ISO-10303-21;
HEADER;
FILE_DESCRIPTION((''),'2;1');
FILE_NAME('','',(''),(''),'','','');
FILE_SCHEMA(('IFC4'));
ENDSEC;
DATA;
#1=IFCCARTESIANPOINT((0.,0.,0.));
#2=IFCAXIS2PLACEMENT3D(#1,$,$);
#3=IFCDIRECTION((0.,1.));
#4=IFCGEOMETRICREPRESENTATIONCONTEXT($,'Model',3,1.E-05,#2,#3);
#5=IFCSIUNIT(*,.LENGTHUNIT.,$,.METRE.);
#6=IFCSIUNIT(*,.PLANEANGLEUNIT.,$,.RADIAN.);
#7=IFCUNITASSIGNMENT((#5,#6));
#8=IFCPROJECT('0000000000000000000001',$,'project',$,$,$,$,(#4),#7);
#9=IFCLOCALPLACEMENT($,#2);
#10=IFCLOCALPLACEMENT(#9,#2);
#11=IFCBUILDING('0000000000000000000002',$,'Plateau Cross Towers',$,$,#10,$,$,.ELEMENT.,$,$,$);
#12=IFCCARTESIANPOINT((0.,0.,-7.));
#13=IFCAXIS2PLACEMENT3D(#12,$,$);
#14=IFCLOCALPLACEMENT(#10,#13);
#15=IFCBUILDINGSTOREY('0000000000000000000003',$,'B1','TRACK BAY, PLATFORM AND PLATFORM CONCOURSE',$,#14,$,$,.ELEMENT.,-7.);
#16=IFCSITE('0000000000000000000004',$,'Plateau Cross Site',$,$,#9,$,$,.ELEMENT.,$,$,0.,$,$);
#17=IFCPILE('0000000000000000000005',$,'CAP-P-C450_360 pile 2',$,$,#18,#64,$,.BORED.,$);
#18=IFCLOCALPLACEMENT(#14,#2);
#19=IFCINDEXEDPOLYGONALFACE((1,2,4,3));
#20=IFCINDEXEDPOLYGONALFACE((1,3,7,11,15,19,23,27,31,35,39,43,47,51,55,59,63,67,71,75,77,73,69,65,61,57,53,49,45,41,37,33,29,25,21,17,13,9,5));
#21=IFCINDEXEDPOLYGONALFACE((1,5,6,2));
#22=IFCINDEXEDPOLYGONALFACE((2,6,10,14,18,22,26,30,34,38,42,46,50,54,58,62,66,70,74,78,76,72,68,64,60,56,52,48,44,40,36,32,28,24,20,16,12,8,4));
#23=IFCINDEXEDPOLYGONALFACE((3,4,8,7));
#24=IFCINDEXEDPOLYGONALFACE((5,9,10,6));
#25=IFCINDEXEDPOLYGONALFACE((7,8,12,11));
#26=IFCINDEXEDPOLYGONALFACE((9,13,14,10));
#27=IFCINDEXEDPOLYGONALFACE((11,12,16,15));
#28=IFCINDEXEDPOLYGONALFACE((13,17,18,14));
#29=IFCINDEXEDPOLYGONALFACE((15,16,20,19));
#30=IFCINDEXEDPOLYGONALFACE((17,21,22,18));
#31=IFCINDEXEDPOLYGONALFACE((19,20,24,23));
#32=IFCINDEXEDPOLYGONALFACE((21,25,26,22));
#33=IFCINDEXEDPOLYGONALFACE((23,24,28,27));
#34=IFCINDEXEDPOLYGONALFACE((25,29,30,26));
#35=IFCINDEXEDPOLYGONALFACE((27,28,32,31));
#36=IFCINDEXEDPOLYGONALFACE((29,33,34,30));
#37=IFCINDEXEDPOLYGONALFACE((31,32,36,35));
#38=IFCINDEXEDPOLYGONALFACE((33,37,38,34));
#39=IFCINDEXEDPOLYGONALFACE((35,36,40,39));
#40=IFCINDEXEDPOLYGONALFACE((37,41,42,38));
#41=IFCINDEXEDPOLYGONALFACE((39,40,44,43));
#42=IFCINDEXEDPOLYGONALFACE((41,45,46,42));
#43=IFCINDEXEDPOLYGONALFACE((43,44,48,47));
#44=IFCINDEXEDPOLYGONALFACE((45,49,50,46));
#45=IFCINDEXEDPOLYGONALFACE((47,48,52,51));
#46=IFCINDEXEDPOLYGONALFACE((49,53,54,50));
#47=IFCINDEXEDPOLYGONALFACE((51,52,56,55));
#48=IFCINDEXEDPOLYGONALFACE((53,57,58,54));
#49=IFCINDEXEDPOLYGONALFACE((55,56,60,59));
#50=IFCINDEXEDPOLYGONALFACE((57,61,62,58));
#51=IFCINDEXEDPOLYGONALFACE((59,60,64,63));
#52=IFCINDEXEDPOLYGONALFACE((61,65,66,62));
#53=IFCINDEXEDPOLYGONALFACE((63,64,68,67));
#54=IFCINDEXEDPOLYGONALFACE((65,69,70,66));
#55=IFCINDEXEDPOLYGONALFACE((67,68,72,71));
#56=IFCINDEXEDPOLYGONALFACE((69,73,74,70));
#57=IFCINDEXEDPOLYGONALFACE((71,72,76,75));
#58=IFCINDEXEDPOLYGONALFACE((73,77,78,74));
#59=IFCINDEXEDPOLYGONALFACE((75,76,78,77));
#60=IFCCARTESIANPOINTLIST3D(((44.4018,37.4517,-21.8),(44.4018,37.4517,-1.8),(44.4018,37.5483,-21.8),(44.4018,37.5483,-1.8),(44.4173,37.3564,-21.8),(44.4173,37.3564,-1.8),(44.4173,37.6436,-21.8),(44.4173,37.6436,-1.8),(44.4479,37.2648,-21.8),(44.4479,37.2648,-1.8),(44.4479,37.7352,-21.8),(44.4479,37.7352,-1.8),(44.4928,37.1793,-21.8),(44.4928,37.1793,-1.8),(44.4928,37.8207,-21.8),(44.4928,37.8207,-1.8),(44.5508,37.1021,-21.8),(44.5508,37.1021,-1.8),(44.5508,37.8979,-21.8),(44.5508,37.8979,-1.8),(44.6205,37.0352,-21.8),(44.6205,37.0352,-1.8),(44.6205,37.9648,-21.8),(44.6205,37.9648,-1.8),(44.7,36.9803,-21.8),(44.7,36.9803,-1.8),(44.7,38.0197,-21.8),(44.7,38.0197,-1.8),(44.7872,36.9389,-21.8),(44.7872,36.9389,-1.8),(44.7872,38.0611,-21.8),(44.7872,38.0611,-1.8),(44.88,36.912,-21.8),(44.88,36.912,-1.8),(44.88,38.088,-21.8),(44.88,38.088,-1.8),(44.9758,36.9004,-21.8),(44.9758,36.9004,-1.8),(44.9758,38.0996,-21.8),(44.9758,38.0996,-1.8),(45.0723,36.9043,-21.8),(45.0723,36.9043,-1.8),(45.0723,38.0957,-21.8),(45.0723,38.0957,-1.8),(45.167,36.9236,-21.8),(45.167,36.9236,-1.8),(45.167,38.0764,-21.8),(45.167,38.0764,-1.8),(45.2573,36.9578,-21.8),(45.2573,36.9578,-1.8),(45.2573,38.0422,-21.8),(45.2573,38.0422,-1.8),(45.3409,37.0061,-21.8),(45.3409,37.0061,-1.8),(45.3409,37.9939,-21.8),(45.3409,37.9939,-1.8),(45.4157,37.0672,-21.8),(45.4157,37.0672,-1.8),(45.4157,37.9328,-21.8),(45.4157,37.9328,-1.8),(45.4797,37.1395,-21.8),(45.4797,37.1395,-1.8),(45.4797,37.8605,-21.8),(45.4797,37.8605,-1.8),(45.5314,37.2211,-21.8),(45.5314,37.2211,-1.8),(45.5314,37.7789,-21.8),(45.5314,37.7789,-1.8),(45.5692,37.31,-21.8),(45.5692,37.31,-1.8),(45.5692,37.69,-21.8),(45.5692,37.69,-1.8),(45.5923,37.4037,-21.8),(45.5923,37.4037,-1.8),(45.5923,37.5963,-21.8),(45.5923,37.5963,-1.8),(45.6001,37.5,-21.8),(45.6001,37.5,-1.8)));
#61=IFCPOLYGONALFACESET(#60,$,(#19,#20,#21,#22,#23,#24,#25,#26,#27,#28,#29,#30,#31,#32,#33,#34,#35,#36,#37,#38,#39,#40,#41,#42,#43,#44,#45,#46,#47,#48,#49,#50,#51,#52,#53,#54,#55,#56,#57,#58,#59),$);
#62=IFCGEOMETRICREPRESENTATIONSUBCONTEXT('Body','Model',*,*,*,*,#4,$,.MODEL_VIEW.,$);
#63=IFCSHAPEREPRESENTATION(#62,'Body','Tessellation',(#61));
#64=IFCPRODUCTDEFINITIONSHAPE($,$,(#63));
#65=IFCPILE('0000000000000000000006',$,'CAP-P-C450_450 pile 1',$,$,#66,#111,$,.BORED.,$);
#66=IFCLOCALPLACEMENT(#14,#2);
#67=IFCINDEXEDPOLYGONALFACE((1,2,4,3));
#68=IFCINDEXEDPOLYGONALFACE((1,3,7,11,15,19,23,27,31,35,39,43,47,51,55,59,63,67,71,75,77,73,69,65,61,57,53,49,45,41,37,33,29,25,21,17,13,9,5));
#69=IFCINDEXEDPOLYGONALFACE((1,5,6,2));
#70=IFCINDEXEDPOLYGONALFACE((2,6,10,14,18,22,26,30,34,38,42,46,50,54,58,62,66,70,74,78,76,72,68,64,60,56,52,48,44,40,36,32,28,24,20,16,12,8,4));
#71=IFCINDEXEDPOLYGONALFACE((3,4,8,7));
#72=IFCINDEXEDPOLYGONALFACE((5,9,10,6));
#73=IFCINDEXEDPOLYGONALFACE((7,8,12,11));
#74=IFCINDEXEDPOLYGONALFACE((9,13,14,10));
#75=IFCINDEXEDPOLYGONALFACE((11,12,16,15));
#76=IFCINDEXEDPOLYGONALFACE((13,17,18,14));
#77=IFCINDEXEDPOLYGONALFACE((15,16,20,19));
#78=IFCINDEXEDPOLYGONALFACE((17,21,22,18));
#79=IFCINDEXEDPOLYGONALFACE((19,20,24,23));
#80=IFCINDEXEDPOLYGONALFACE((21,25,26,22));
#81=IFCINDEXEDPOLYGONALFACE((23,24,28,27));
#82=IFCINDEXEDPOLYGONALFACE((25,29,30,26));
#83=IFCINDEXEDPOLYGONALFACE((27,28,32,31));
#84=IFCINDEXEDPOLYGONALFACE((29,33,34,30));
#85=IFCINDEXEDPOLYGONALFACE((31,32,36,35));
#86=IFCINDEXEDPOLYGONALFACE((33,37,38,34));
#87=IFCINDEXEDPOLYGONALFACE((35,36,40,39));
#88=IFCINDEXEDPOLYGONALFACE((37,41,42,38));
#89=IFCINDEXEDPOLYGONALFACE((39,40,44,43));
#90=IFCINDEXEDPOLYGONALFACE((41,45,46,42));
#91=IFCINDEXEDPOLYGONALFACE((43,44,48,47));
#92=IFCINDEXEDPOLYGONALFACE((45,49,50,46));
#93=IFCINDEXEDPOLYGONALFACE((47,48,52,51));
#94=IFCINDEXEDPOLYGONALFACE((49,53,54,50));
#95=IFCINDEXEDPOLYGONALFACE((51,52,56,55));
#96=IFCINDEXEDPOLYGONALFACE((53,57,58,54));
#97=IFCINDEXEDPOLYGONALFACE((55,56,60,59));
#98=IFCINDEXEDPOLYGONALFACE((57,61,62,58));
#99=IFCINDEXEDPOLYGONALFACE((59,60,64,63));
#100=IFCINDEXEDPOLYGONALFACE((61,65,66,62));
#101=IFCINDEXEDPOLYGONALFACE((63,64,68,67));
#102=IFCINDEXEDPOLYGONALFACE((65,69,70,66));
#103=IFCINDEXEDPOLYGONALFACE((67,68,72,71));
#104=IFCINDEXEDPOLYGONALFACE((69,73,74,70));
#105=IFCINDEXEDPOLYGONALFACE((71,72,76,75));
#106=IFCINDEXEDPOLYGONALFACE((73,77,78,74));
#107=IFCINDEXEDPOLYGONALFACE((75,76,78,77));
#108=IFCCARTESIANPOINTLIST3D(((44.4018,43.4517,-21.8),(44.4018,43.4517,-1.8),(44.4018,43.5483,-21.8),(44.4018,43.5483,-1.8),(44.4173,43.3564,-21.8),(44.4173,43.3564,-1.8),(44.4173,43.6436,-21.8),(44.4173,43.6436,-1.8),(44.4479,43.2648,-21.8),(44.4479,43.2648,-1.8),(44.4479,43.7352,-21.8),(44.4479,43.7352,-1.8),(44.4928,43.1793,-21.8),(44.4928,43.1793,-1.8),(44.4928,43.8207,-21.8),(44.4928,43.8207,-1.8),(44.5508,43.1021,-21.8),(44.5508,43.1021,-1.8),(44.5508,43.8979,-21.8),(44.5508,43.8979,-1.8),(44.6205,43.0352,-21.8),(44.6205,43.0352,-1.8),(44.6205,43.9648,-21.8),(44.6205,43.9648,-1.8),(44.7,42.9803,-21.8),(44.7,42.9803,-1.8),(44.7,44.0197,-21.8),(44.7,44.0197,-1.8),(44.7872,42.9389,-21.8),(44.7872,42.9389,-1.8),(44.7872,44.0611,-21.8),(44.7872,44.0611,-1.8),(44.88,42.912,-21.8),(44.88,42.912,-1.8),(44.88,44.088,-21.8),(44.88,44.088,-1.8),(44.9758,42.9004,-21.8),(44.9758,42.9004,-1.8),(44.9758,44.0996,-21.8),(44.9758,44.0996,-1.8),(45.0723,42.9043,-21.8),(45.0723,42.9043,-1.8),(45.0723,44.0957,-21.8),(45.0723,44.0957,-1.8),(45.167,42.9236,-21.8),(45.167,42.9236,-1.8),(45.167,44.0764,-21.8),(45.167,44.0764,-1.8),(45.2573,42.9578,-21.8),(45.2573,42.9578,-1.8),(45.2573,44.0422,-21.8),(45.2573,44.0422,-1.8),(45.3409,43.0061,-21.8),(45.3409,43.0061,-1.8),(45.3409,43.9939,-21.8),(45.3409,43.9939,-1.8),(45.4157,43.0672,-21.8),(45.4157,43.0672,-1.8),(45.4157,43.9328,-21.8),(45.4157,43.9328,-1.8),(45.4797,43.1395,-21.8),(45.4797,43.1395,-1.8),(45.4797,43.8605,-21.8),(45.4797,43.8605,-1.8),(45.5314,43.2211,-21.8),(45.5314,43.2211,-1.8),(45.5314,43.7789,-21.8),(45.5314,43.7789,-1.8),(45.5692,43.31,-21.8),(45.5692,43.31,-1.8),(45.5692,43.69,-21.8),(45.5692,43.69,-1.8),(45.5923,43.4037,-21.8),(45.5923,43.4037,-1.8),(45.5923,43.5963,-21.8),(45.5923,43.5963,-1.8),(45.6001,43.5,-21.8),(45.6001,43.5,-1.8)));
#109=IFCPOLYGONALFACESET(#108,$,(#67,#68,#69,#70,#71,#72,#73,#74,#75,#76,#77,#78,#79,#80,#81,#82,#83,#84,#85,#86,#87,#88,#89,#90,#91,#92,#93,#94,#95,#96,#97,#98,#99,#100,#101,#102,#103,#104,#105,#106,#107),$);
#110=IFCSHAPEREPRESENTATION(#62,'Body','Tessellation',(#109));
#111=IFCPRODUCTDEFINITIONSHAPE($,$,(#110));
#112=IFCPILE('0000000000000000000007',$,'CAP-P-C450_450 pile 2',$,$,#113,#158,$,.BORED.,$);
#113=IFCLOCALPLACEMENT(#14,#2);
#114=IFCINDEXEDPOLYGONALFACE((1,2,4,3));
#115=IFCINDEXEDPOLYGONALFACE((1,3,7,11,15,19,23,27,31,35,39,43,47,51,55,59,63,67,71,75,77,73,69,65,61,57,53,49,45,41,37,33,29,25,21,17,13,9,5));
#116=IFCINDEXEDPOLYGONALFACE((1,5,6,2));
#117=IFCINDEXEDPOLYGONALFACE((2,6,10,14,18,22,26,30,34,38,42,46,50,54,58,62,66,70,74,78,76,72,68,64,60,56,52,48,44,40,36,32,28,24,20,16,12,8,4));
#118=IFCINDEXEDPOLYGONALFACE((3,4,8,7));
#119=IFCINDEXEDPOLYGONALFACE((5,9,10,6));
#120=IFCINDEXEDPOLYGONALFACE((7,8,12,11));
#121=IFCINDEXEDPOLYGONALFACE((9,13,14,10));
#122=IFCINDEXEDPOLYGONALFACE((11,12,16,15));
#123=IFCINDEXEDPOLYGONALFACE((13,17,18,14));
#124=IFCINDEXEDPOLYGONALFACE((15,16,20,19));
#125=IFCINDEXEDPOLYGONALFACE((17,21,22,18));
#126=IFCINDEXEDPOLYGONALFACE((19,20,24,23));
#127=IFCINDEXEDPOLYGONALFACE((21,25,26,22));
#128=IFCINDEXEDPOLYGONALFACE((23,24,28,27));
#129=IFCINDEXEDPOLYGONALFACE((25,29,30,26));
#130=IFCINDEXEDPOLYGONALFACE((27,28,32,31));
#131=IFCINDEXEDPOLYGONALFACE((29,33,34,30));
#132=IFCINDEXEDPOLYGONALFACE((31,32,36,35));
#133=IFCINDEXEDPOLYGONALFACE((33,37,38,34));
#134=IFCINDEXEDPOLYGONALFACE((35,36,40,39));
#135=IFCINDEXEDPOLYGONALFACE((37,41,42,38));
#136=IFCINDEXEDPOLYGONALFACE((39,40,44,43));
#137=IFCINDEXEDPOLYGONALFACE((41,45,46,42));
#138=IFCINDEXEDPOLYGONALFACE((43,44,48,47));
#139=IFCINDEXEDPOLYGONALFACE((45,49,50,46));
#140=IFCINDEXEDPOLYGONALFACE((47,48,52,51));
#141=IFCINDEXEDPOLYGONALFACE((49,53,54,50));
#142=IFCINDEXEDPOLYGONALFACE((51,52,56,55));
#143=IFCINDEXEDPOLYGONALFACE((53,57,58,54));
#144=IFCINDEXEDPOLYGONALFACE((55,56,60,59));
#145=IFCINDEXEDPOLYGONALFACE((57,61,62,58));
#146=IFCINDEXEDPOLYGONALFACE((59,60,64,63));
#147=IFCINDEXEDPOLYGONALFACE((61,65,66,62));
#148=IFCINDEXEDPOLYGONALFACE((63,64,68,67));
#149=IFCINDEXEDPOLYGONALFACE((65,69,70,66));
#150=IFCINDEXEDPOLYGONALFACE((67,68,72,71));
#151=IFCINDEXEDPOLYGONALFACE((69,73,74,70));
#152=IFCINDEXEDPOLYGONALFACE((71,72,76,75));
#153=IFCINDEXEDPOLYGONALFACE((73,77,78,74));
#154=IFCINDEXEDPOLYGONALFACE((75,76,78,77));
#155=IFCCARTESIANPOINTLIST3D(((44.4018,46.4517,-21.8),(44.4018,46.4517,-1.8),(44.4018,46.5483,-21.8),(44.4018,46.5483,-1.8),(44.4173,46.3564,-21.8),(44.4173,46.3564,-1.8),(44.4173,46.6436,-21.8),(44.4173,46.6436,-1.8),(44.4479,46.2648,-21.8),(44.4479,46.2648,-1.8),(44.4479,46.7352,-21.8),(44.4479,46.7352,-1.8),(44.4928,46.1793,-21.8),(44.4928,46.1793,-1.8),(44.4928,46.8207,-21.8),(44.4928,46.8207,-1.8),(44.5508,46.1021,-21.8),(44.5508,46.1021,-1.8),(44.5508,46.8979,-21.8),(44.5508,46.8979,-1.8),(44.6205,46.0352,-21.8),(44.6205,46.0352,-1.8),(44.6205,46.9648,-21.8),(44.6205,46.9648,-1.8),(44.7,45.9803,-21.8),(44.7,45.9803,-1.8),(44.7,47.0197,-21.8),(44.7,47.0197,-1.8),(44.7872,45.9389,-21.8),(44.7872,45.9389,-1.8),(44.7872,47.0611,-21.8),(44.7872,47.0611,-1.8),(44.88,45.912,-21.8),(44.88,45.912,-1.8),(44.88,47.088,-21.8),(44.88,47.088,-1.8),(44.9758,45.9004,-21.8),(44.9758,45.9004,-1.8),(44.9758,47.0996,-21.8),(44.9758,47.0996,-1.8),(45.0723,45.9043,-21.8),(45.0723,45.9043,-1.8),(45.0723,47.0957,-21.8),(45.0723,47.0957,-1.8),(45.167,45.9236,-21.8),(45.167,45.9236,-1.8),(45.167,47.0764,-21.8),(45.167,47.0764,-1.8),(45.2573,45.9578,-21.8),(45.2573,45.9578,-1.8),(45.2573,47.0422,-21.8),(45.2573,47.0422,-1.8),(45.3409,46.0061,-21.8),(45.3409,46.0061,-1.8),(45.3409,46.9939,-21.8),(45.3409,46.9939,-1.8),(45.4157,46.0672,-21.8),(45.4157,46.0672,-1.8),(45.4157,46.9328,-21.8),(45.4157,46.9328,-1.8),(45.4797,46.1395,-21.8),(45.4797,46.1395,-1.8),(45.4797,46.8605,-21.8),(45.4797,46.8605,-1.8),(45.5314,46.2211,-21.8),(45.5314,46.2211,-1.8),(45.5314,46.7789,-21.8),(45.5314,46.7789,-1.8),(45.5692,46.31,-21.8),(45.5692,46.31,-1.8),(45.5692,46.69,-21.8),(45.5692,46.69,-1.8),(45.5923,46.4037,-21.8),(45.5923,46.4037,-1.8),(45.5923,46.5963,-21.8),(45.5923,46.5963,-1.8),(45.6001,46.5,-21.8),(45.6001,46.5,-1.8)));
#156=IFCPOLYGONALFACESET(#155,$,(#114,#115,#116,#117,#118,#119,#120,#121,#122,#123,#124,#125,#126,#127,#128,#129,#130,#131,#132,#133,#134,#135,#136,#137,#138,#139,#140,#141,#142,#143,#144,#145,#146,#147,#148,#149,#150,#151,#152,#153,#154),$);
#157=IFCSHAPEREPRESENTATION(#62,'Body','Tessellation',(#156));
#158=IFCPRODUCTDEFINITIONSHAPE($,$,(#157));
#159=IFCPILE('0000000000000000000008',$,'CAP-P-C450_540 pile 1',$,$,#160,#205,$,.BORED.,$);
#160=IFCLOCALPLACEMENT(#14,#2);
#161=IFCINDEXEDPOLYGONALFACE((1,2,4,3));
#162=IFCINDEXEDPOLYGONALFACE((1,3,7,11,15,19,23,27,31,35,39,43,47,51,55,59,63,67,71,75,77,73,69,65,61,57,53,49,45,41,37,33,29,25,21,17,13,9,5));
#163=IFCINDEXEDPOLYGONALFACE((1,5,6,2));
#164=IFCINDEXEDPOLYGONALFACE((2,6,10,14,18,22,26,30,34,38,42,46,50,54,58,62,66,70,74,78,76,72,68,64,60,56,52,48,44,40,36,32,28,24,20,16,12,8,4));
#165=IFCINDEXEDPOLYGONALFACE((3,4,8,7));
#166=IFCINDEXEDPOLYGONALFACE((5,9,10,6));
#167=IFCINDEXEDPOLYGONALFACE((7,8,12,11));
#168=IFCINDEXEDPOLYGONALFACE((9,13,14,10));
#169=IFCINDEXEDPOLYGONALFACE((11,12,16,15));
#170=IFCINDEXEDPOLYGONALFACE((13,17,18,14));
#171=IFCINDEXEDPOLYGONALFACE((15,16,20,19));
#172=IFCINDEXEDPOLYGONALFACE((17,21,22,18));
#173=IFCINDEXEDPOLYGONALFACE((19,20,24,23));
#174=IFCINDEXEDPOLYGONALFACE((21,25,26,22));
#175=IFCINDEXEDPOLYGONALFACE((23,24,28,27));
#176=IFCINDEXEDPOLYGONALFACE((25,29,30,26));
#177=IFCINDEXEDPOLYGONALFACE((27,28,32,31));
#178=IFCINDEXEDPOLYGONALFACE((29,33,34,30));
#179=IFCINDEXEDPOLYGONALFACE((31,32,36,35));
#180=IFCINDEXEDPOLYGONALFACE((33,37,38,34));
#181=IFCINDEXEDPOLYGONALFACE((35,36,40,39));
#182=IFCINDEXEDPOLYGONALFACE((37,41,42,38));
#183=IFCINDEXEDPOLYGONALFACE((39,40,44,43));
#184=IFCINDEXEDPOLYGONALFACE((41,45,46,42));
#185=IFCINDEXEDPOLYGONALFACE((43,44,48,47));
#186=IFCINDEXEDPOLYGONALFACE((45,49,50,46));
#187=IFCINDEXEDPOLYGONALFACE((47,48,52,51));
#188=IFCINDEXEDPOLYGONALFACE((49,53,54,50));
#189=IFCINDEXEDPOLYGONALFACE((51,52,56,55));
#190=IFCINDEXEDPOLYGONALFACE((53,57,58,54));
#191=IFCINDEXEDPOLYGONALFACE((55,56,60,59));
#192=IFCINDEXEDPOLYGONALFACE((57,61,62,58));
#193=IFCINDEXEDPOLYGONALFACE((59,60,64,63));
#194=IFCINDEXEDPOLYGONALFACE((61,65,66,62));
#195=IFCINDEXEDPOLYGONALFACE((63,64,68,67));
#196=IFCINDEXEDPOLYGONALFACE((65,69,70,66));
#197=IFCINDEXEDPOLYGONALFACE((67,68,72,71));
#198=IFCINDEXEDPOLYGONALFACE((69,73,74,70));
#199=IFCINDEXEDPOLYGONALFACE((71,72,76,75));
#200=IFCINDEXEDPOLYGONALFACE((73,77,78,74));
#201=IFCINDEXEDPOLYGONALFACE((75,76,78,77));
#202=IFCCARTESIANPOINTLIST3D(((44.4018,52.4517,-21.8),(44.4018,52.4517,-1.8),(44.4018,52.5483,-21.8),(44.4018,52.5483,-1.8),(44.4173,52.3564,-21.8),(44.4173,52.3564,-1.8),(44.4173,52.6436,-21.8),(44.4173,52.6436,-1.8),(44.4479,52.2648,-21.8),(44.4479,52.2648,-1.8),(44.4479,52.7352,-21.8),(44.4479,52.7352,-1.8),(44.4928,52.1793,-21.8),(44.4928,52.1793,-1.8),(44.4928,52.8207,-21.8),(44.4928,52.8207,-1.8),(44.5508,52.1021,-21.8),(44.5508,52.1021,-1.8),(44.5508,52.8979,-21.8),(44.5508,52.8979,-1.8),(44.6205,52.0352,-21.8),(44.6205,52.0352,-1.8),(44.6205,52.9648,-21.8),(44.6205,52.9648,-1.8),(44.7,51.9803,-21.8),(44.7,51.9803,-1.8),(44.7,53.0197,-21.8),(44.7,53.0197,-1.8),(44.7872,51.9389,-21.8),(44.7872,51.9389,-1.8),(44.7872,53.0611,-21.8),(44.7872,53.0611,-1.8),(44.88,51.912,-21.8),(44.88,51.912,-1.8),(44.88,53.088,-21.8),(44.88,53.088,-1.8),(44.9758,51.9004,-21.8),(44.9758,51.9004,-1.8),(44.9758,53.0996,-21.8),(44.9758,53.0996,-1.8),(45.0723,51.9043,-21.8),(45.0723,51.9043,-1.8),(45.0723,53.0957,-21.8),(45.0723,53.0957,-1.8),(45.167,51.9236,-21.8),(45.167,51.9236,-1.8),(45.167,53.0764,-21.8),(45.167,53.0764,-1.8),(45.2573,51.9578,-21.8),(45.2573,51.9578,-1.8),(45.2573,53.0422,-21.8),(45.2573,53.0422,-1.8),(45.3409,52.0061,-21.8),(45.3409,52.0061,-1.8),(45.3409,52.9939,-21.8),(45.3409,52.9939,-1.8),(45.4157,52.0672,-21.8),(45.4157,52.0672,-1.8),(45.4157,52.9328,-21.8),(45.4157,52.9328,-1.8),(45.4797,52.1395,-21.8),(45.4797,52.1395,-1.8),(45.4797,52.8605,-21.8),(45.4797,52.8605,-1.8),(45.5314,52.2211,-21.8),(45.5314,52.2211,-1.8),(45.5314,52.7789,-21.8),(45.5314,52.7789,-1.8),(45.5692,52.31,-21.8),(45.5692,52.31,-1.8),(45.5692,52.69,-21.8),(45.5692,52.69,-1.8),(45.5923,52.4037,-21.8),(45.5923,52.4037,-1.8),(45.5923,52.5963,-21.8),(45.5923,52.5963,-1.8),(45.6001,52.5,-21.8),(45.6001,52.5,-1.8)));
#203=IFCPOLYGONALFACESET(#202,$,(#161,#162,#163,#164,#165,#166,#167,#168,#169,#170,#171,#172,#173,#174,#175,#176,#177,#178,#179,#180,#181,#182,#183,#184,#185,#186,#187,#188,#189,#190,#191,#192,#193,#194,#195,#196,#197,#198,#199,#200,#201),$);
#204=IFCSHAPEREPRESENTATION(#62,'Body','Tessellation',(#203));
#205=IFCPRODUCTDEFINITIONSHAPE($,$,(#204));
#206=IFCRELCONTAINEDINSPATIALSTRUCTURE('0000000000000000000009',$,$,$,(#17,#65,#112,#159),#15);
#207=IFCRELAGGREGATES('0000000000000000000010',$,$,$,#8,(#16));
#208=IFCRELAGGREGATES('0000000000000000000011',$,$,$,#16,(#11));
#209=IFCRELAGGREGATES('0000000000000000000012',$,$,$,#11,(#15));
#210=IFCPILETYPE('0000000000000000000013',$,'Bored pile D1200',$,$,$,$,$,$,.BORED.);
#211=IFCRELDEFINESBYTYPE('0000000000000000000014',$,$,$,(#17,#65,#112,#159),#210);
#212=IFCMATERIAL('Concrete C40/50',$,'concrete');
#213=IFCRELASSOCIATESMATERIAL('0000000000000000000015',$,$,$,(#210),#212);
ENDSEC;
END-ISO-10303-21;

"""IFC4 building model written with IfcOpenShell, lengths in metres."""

from ifc_helpers import new_model, si_unit, direction, frame, origin, origin_2d, place, context, subcontext, project, spatial, circle, extrude, material, material_profile, profile_set, type_object, element, save


model = new_model("IFC4")

# Units and contexts
model_context = context("Model", 3, precision=1e-05, world=origin(), true_north=direction((0.0, 1.0)))
body_context = subcontext(model_context, "Body", "Model", "MODEL_VIEW")
ifc_project = project(units=[si_unit("LENGTHUNIT", "METRE"), si_unit("PLANEANGLEUNIT", "RADIAN")], contexts=[model_context])

# Site, building, storey
site_placement = place(None, origin())
site = spatial("IfcSite", under=ifc_project, at=site_placement, Name="Plateau Cross Site", CompositionType="ELEMENT", RefElevation=0.0)
building_placement = place(site_placement, origin())
building = spatial("IfcBuilding", under=site, at=building_placement, Name="Plateau Cross Towers", CompositionType="ELEMENT")
storey_placement = place(building_placement, frame((0.0, 0.0, -7.0)))
storey = spatial("IfcBuildingStorey", under=building, at=storey_placement, Name="B1", Description="TRACK BAY, PLATFORM AND PLATFORM CONCOURSE", CompositionType="ELEMENT", Elevation=-7.0)

# Piles
ifc_material_1 = material(Name="Concrete C40/50", Category="concrete")
ifc_material_profile_1 = material_profile(ifc_material_1, circle(Radius=0.6001, at=origin_2d()), Name="Bored pile D1200")
ifc_profile_set_1 = profile_set([ifc_material_profile_1], Name="Concrete C40/50")
pile_type = type_object("IfcPileType", Name="Bored pile D1200", PredefinedType="BORED", material=ifc_profile_set_1)
for number, where, z_axis, x_axis, name in (
    (1, (45.0, 37.5, -1.8), (0.0, 0.0, -1.0), (1.0, 0.0, 0.0), "CAP-P-C450_360 pile 2"),
    (2, (45.0, 43.5, -1.8), (0.0, 0.0, -1.0), (1.0, 0.0, 0.0), "CAP-P-C450_450 pile 1"),
    (3, (45.0, 46.5, -1.8), (0.0, 0.0, -1.0), (1.0, 0.0, 0.0), "CAP-P-C450_450 pile 2"),
    (4, (45.0, 52.5, -1.8), (0.0, 0.0, -1.0), (1.0, 0.0, 0.0), "CAP-P-C450_540 pile 1"),
):
    element("IfcPile", number, at=place(storey_placement, frame(where, z_axis=z_axis, x_axis=x_axis)), inside=storey, type_object=pile_type, Name=name, PredefinedType="BORED", context=body_context, shape_type="SweptSolid", body=[
        extrude(circle(Radius=0.6001, at=origin_2d()), origin(), (0.0, 0.0, 1.0), 20.0),
    ])

save(model, "model.ifc")
